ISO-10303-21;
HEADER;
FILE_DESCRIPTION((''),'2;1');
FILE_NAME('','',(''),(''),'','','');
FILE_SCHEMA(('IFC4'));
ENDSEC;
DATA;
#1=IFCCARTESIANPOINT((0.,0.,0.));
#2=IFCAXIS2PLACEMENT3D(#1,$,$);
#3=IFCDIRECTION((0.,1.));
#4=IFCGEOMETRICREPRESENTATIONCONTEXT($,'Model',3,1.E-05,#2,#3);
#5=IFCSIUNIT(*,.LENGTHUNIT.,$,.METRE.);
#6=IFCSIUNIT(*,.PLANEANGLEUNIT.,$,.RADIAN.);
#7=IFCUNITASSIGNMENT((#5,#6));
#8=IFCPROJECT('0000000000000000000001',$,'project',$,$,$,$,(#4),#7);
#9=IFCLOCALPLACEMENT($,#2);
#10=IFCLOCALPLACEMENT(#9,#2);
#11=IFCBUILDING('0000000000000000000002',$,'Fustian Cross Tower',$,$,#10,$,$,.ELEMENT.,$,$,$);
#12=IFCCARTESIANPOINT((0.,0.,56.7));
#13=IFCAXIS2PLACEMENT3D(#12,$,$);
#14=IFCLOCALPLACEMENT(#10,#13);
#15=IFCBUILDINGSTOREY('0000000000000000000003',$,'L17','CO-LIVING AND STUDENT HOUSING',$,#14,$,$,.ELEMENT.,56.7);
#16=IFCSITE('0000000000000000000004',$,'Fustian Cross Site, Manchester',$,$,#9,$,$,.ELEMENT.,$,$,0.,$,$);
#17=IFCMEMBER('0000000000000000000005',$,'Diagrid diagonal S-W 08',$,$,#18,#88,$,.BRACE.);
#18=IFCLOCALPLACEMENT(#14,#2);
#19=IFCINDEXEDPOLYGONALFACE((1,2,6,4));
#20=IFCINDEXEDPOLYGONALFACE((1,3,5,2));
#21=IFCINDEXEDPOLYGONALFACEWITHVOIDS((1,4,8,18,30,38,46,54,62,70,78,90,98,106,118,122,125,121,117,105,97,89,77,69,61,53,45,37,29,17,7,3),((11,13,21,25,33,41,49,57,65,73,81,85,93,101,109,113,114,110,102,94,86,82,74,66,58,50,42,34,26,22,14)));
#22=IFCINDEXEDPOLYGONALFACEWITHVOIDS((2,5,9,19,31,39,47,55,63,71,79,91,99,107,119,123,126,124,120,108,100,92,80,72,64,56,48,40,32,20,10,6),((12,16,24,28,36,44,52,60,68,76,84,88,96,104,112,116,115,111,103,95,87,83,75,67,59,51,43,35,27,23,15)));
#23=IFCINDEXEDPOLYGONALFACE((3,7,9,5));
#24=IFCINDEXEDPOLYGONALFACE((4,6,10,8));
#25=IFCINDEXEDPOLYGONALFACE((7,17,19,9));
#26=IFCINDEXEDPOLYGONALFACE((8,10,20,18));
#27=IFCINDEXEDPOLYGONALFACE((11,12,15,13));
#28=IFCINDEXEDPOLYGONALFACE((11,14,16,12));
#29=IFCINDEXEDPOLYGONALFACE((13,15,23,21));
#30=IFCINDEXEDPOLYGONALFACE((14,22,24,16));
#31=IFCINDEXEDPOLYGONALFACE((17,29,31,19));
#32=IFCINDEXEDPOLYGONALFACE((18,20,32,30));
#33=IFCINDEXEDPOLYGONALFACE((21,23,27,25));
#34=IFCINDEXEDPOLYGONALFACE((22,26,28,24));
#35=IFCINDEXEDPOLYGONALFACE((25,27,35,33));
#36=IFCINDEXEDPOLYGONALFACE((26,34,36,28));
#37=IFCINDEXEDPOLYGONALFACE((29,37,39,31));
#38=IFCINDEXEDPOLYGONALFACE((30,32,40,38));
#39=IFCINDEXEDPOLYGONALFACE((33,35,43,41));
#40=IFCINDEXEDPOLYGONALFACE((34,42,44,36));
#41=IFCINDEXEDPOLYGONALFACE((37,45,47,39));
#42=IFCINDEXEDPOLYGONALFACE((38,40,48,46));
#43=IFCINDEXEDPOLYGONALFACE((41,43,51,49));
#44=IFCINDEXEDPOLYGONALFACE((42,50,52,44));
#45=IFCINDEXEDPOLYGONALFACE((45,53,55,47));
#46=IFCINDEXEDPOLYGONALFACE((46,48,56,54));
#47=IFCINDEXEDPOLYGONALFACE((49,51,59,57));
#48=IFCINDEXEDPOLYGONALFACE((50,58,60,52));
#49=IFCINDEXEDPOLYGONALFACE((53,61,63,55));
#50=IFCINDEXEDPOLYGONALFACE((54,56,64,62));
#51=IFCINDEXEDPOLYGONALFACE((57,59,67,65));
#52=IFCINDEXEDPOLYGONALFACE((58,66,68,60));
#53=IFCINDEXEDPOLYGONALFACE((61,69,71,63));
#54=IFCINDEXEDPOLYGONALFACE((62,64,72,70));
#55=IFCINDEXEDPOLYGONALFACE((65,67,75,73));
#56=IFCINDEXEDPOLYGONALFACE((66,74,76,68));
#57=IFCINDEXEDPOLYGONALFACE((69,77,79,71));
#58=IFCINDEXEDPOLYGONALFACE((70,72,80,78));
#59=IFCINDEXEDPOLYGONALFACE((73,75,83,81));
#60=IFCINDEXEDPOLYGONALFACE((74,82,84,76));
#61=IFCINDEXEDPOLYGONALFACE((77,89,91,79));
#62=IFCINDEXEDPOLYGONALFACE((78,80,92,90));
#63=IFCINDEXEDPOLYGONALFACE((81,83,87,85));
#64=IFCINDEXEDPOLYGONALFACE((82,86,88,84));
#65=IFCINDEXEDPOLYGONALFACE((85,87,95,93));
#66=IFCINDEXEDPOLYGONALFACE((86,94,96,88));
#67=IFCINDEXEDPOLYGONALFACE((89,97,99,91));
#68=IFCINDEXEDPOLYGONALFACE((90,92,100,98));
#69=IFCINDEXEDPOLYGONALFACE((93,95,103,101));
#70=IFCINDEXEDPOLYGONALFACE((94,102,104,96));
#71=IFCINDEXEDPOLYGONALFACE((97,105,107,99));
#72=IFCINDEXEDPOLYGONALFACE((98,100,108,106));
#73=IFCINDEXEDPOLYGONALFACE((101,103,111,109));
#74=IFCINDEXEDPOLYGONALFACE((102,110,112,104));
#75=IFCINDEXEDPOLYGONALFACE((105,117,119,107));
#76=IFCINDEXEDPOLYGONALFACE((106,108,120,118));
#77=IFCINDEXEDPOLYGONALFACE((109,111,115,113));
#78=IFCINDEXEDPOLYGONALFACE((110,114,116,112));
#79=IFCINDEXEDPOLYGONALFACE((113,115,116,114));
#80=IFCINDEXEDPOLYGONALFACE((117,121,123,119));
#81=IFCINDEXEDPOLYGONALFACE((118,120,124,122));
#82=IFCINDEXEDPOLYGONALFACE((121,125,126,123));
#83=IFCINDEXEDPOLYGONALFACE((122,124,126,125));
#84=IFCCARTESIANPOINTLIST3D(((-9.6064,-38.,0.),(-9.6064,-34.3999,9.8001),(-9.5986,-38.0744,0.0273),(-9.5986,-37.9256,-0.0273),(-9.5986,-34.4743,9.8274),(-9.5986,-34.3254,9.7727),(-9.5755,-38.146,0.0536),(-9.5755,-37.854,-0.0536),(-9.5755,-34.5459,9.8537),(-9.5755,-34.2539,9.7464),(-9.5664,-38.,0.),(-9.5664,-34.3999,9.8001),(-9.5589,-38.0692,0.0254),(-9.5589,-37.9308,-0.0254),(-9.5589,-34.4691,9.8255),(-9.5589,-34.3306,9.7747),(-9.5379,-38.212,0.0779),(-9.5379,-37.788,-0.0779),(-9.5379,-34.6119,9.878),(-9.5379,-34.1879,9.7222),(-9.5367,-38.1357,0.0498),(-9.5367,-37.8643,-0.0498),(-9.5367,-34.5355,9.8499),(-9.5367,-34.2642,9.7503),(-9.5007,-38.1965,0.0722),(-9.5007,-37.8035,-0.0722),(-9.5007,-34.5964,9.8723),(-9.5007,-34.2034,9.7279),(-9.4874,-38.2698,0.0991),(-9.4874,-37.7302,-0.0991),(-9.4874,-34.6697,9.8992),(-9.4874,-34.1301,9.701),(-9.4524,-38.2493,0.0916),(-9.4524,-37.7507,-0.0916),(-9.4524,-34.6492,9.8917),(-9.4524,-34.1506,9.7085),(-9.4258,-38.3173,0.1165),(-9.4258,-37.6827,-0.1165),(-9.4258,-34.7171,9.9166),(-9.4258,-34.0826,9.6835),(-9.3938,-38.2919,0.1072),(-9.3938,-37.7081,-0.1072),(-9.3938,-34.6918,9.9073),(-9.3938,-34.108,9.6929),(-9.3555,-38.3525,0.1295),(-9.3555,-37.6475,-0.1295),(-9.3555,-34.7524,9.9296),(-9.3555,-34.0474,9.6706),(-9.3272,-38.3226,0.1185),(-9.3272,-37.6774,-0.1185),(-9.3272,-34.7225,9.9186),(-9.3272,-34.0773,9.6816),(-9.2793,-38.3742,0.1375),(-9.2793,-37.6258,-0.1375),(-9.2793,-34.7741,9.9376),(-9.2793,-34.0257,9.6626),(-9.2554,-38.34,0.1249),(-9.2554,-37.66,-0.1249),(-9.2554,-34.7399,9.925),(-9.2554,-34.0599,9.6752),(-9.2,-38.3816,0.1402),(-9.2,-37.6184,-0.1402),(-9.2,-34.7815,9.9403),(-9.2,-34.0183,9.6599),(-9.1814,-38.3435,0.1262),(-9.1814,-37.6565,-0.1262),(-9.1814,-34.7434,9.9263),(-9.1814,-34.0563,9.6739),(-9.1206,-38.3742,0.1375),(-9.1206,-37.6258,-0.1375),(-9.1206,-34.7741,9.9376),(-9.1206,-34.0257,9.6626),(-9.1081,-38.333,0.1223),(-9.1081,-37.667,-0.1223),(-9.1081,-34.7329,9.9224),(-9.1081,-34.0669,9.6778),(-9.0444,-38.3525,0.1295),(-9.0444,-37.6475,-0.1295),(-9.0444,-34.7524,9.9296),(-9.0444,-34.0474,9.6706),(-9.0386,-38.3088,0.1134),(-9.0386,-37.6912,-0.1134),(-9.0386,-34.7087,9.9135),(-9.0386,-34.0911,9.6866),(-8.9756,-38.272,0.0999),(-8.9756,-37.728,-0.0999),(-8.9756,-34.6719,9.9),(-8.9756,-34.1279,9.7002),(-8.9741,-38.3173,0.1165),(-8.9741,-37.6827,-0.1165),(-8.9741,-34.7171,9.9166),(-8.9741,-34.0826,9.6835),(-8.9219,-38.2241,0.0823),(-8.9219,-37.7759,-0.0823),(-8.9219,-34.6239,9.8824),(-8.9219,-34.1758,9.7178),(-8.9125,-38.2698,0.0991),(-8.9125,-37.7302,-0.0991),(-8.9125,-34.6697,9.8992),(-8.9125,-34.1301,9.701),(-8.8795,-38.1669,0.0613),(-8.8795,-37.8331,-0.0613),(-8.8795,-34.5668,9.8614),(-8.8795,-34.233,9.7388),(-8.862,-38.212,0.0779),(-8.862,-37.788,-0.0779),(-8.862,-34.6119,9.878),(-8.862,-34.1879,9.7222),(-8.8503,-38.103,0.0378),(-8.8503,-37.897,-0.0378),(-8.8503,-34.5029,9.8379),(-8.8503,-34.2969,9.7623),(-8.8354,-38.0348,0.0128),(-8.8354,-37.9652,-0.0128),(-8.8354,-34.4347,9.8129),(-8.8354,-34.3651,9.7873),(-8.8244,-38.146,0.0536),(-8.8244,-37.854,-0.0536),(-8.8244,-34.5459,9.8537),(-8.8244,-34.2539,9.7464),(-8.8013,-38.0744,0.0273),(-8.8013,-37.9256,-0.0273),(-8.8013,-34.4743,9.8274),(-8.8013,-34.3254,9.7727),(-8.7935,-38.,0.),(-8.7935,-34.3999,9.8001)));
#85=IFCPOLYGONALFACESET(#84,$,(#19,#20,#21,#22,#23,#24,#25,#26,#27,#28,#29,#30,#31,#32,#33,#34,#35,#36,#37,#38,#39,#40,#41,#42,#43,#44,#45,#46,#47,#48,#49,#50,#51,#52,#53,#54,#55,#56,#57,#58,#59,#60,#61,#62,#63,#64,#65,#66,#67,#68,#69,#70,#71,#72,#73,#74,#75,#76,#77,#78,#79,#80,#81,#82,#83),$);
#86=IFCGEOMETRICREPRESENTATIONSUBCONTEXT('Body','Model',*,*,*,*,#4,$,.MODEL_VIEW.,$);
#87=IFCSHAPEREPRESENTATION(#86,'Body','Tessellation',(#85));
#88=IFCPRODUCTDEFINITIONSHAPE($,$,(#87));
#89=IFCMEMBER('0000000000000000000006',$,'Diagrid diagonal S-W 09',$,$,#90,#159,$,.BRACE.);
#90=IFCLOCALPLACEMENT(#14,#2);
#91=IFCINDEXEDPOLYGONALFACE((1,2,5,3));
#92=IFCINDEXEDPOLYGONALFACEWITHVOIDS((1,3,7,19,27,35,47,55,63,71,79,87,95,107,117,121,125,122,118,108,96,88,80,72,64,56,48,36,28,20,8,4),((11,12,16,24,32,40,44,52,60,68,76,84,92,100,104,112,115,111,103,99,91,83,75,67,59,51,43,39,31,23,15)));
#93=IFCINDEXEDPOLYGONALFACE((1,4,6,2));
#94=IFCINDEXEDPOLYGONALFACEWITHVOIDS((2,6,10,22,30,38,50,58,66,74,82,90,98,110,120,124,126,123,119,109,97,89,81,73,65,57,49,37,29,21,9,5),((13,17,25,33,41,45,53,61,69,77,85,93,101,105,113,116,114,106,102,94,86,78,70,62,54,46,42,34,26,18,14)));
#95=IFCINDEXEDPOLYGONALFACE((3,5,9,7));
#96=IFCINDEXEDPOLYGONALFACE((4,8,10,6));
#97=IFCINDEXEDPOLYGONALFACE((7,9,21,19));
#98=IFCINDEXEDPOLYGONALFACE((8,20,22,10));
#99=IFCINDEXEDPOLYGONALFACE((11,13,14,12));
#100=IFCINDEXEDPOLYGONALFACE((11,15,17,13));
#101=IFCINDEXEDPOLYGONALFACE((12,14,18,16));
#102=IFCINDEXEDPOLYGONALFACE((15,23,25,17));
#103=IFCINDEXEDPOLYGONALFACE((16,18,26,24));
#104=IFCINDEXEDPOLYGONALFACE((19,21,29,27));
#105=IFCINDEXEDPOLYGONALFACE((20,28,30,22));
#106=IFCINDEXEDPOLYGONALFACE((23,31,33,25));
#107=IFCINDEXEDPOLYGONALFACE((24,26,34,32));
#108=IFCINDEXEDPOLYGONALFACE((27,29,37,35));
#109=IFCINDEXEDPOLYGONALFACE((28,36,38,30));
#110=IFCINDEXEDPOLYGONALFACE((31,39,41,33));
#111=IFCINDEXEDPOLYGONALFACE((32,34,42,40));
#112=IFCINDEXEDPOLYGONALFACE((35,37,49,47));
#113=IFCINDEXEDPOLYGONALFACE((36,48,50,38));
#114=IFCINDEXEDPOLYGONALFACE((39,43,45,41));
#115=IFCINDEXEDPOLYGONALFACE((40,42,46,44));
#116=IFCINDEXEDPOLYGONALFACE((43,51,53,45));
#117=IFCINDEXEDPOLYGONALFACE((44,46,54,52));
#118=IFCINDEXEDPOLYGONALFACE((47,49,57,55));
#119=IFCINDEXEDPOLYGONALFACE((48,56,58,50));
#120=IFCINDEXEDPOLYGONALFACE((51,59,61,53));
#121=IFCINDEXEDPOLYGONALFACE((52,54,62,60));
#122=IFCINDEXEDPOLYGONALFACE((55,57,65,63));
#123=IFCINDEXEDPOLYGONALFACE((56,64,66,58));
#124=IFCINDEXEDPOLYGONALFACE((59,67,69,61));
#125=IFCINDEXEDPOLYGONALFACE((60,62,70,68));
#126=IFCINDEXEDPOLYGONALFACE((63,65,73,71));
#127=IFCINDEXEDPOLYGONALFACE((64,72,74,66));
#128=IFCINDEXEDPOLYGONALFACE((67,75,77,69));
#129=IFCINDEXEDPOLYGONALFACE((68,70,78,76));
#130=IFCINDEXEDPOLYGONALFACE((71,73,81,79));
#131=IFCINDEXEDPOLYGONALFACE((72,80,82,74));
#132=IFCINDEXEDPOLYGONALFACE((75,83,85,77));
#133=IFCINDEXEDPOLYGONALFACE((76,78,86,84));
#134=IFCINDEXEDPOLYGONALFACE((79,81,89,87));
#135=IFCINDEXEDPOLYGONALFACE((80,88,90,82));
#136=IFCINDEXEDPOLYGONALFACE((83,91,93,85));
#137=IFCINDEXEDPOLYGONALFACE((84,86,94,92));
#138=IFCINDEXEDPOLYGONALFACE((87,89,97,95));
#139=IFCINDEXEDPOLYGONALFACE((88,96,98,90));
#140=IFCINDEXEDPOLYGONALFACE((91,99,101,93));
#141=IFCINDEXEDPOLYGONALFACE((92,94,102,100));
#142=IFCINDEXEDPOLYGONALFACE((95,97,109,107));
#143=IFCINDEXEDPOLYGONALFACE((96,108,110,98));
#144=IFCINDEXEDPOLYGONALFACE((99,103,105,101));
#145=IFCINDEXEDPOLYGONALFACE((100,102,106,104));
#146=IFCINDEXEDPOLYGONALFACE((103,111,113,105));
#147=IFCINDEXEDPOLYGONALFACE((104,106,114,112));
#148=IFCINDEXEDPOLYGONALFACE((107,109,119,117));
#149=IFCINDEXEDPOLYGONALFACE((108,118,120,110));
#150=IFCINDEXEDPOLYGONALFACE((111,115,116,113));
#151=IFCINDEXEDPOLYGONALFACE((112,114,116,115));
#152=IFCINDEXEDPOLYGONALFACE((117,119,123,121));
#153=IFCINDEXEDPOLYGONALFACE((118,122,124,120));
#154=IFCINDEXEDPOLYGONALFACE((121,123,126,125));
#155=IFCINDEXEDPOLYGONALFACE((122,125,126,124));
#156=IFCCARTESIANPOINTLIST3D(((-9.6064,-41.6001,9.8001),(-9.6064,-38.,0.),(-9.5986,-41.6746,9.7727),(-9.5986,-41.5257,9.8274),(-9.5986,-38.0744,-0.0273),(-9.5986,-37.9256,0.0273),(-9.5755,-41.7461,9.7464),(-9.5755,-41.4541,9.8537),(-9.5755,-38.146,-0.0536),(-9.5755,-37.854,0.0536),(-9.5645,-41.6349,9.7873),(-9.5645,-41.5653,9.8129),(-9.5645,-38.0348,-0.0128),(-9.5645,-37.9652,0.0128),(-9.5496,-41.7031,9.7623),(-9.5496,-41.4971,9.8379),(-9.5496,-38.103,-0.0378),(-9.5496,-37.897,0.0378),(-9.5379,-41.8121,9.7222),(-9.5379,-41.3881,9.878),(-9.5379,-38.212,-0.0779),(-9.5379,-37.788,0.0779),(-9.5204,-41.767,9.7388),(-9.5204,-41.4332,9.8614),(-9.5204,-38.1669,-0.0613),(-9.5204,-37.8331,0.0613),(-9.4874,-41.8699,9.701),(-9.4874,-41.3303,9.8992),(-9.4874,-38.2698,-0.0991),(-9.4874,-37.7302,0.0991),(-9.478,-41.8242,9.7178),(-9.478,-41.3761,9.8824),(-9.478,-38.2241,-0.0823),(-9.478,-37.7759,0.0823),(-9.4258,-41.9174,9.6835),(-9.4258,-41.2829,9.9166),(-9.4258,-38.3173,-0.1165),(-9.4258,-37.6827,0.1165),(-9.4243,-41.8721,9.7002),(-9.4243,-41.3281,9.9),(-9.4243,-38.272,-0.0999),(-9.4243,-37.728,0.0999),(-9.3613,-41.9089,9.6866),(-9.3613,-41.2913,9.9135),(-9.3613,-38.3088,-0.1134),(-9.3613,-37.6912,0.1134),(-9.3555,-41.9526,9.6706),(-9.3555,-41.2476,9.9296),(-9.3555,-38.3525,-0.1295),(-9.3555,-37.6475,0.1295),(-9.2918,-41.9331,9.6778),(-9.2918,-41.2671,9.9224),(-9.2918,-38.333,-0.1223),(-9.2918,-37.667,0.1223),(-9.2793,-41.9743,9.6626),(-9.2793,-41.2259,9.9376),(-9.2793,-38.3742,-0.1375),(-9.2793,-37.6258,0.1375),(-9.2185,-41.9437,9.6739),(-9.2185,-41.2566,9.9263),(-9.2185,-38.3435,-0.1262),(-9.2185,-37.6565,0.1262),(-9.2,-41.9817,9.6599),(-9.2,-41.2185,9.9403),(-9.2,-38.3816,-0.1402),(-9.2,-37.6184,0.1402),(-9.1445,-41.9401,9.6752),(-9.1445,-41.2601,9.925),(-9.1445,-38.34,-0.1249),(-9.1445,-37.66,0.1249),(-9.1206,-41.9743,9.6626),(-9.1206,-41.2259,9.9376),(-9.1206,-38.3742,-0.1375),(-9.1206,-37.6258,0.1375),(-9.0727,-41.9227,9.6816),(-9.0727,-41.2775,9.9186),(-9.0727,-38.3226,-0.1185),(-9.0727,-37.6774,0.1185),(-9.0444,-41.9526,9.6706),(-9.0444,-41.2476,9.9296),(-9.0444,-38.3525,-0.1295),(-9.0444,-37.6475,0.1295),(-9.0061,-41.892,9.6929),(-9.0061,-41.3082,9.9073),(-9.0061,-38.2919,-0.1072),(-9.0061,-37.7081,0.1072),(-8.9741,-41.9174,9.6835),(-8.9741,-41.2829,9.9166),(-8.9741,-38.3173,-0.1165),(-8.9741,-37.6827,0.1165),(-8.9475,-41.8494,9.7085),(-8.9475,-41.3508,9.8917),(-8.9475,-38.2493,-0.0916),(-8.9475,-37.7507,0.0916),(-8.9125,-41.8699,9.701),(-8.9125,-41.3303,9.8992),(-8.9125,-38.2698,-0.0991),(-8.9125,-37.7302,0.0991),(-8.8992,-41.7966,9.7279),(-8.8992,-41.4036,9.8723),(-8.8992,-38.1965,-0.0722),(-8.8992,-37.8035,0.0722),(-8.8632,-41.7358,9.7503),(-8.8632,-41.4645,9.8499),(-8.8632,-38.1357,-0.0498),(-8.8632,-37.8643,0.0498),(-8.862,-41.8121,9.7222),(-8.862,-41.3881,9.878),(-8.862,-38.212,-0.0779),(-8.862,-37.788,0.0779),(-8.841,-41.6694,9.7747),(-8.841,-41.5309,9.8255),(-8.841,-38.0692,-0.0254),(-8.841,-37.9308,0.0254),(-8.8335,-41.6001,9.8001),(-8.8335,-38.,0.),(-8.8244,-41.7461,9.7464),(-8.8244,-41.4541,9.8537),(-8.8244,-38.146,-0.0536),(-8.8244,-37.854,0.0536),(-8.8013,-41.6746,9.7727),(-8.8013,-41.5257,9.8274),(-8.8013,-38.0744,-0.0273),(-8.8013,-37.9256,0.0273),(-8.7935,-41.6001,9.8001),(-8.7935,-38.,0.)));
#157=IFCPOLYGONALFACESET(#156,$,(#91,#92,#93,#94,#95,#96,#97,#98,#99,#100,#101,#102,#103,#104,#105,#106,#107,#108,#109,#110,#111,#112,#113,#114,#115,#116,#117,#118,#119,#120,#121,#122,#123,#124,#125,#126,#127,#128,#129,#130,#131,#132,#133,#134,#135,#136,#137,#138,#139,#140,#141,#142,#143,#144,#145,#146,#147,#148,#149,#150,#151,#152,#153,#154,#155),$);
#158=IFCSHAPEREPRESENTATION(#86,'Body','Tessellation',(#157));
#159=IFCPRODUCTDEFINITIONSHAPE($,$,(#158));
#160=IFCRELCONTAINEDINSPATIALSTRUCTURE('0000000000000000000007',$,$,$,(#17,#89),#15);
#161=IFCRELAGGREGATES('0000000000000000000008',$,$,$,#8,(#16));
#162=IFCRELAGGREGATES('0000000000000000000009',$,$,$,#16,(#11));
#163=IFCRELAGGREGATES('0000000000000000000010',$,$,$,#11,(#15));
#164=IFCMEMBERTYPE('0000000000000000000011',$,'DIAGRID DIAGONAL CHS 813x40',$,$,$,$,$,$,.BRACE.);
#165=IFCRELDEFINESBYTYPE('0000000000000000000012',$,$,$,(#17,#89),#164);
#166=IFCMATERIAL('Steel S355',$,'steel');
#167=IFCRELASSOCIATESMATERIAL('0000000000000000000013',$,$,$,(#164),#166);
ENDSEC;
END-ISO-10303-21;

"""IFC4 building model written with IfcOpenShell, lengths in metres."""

from ifc_helpers import new_model, si_unit, direction, frame, origin, origin_2d, place, context, subcontext, project, spatial, hollow_circle, extrude, material, material_profile, profile_set, type_object, element, save


model = new_model("IFC4")

# Units and contexts
model_context = context("Model", 3, precision=1e-05, world=origin(), true_north=direction((0.0, 1.0)))
body_context = subcontext(model_context, "Body", "Model", "MODEL_VIEW")
ifc_project = project(units=[si_unit("LENGTHUNIT", "METRE"), si_unit("PLANEANGLEUNIT", "RADIAN")], contexts=[model_context])

# Site, building, storey
site_placement = place(None, origin())
site = spatial("IfcSite", under=ifc_project, at=site_placement, Name="Fustian Cross Site, Manchester", CompositionType="ELEMENT", RefElevation=0.0)
building_placement = place(site_placement, origin())
building = spatial("IfcBuilding", under=site, at=building_placement, Name="Fustian Cross Tower", CompositionType="ELEMENT")
storey_placement = place(building_placement, frame((0.0, 0.0, 56.7)))
storey = spatial("IfcBuildingStorey", under=building, at=storey_placement, Name="L17", Description="CO-LIVING AND STUDENT HOUSING", CompositionType="ELEMENT", Elevation=56.7)

# Members
ifc_material_1 = material(Name="Steel S355", Category="steel")
ifc_material_profile_1 = material_profile(ifc_material_1, hollow_circle(Radius=0.4065, WallThickness=0.04, at=origin_2d()), Name="CHS 813x40")
ifc_profile_set_1 = profile_set([ifc_material_profile_1], Name="Steel S355")
member_type_1 = type_object("IfcMemberType", Name="DIAGRID DIAGONAL CHS 813x40", PredefinedType="BRACE", material=ifc_profile_set_1)
for number, where, z_axis, x_axis, name in (
    (1, (-9.2, -38.0, 0.0), (0.0, 0.344824, 0.938667), (-1.0, 0.0, 0.0), "Diagrid diagonal S-W 08"),
    (2, (-9.2, -38.0, 0.0), (0.0, -0.344824, 0.938667), (1.0, 0.0, 0.0), "Diagrid diagonal S-W 09"),
):
    element("IfcMember", number, at=place(storey_placement, frame(where, z_axis=z_axis, x_axis=x_axis)), inside=storey, type_object=member_type_1, Name=name, PredefinedType="BRACE", context=body_context, shape_type="SweptSolid", body=[
        extrude(hollow_circle(Radius=0.4065, WallThickness=0.04, at=origin_2d()), origin(), (0.0, 0.0, 1.0), 10.4404),
    ])

save(model, "model.ifc")
